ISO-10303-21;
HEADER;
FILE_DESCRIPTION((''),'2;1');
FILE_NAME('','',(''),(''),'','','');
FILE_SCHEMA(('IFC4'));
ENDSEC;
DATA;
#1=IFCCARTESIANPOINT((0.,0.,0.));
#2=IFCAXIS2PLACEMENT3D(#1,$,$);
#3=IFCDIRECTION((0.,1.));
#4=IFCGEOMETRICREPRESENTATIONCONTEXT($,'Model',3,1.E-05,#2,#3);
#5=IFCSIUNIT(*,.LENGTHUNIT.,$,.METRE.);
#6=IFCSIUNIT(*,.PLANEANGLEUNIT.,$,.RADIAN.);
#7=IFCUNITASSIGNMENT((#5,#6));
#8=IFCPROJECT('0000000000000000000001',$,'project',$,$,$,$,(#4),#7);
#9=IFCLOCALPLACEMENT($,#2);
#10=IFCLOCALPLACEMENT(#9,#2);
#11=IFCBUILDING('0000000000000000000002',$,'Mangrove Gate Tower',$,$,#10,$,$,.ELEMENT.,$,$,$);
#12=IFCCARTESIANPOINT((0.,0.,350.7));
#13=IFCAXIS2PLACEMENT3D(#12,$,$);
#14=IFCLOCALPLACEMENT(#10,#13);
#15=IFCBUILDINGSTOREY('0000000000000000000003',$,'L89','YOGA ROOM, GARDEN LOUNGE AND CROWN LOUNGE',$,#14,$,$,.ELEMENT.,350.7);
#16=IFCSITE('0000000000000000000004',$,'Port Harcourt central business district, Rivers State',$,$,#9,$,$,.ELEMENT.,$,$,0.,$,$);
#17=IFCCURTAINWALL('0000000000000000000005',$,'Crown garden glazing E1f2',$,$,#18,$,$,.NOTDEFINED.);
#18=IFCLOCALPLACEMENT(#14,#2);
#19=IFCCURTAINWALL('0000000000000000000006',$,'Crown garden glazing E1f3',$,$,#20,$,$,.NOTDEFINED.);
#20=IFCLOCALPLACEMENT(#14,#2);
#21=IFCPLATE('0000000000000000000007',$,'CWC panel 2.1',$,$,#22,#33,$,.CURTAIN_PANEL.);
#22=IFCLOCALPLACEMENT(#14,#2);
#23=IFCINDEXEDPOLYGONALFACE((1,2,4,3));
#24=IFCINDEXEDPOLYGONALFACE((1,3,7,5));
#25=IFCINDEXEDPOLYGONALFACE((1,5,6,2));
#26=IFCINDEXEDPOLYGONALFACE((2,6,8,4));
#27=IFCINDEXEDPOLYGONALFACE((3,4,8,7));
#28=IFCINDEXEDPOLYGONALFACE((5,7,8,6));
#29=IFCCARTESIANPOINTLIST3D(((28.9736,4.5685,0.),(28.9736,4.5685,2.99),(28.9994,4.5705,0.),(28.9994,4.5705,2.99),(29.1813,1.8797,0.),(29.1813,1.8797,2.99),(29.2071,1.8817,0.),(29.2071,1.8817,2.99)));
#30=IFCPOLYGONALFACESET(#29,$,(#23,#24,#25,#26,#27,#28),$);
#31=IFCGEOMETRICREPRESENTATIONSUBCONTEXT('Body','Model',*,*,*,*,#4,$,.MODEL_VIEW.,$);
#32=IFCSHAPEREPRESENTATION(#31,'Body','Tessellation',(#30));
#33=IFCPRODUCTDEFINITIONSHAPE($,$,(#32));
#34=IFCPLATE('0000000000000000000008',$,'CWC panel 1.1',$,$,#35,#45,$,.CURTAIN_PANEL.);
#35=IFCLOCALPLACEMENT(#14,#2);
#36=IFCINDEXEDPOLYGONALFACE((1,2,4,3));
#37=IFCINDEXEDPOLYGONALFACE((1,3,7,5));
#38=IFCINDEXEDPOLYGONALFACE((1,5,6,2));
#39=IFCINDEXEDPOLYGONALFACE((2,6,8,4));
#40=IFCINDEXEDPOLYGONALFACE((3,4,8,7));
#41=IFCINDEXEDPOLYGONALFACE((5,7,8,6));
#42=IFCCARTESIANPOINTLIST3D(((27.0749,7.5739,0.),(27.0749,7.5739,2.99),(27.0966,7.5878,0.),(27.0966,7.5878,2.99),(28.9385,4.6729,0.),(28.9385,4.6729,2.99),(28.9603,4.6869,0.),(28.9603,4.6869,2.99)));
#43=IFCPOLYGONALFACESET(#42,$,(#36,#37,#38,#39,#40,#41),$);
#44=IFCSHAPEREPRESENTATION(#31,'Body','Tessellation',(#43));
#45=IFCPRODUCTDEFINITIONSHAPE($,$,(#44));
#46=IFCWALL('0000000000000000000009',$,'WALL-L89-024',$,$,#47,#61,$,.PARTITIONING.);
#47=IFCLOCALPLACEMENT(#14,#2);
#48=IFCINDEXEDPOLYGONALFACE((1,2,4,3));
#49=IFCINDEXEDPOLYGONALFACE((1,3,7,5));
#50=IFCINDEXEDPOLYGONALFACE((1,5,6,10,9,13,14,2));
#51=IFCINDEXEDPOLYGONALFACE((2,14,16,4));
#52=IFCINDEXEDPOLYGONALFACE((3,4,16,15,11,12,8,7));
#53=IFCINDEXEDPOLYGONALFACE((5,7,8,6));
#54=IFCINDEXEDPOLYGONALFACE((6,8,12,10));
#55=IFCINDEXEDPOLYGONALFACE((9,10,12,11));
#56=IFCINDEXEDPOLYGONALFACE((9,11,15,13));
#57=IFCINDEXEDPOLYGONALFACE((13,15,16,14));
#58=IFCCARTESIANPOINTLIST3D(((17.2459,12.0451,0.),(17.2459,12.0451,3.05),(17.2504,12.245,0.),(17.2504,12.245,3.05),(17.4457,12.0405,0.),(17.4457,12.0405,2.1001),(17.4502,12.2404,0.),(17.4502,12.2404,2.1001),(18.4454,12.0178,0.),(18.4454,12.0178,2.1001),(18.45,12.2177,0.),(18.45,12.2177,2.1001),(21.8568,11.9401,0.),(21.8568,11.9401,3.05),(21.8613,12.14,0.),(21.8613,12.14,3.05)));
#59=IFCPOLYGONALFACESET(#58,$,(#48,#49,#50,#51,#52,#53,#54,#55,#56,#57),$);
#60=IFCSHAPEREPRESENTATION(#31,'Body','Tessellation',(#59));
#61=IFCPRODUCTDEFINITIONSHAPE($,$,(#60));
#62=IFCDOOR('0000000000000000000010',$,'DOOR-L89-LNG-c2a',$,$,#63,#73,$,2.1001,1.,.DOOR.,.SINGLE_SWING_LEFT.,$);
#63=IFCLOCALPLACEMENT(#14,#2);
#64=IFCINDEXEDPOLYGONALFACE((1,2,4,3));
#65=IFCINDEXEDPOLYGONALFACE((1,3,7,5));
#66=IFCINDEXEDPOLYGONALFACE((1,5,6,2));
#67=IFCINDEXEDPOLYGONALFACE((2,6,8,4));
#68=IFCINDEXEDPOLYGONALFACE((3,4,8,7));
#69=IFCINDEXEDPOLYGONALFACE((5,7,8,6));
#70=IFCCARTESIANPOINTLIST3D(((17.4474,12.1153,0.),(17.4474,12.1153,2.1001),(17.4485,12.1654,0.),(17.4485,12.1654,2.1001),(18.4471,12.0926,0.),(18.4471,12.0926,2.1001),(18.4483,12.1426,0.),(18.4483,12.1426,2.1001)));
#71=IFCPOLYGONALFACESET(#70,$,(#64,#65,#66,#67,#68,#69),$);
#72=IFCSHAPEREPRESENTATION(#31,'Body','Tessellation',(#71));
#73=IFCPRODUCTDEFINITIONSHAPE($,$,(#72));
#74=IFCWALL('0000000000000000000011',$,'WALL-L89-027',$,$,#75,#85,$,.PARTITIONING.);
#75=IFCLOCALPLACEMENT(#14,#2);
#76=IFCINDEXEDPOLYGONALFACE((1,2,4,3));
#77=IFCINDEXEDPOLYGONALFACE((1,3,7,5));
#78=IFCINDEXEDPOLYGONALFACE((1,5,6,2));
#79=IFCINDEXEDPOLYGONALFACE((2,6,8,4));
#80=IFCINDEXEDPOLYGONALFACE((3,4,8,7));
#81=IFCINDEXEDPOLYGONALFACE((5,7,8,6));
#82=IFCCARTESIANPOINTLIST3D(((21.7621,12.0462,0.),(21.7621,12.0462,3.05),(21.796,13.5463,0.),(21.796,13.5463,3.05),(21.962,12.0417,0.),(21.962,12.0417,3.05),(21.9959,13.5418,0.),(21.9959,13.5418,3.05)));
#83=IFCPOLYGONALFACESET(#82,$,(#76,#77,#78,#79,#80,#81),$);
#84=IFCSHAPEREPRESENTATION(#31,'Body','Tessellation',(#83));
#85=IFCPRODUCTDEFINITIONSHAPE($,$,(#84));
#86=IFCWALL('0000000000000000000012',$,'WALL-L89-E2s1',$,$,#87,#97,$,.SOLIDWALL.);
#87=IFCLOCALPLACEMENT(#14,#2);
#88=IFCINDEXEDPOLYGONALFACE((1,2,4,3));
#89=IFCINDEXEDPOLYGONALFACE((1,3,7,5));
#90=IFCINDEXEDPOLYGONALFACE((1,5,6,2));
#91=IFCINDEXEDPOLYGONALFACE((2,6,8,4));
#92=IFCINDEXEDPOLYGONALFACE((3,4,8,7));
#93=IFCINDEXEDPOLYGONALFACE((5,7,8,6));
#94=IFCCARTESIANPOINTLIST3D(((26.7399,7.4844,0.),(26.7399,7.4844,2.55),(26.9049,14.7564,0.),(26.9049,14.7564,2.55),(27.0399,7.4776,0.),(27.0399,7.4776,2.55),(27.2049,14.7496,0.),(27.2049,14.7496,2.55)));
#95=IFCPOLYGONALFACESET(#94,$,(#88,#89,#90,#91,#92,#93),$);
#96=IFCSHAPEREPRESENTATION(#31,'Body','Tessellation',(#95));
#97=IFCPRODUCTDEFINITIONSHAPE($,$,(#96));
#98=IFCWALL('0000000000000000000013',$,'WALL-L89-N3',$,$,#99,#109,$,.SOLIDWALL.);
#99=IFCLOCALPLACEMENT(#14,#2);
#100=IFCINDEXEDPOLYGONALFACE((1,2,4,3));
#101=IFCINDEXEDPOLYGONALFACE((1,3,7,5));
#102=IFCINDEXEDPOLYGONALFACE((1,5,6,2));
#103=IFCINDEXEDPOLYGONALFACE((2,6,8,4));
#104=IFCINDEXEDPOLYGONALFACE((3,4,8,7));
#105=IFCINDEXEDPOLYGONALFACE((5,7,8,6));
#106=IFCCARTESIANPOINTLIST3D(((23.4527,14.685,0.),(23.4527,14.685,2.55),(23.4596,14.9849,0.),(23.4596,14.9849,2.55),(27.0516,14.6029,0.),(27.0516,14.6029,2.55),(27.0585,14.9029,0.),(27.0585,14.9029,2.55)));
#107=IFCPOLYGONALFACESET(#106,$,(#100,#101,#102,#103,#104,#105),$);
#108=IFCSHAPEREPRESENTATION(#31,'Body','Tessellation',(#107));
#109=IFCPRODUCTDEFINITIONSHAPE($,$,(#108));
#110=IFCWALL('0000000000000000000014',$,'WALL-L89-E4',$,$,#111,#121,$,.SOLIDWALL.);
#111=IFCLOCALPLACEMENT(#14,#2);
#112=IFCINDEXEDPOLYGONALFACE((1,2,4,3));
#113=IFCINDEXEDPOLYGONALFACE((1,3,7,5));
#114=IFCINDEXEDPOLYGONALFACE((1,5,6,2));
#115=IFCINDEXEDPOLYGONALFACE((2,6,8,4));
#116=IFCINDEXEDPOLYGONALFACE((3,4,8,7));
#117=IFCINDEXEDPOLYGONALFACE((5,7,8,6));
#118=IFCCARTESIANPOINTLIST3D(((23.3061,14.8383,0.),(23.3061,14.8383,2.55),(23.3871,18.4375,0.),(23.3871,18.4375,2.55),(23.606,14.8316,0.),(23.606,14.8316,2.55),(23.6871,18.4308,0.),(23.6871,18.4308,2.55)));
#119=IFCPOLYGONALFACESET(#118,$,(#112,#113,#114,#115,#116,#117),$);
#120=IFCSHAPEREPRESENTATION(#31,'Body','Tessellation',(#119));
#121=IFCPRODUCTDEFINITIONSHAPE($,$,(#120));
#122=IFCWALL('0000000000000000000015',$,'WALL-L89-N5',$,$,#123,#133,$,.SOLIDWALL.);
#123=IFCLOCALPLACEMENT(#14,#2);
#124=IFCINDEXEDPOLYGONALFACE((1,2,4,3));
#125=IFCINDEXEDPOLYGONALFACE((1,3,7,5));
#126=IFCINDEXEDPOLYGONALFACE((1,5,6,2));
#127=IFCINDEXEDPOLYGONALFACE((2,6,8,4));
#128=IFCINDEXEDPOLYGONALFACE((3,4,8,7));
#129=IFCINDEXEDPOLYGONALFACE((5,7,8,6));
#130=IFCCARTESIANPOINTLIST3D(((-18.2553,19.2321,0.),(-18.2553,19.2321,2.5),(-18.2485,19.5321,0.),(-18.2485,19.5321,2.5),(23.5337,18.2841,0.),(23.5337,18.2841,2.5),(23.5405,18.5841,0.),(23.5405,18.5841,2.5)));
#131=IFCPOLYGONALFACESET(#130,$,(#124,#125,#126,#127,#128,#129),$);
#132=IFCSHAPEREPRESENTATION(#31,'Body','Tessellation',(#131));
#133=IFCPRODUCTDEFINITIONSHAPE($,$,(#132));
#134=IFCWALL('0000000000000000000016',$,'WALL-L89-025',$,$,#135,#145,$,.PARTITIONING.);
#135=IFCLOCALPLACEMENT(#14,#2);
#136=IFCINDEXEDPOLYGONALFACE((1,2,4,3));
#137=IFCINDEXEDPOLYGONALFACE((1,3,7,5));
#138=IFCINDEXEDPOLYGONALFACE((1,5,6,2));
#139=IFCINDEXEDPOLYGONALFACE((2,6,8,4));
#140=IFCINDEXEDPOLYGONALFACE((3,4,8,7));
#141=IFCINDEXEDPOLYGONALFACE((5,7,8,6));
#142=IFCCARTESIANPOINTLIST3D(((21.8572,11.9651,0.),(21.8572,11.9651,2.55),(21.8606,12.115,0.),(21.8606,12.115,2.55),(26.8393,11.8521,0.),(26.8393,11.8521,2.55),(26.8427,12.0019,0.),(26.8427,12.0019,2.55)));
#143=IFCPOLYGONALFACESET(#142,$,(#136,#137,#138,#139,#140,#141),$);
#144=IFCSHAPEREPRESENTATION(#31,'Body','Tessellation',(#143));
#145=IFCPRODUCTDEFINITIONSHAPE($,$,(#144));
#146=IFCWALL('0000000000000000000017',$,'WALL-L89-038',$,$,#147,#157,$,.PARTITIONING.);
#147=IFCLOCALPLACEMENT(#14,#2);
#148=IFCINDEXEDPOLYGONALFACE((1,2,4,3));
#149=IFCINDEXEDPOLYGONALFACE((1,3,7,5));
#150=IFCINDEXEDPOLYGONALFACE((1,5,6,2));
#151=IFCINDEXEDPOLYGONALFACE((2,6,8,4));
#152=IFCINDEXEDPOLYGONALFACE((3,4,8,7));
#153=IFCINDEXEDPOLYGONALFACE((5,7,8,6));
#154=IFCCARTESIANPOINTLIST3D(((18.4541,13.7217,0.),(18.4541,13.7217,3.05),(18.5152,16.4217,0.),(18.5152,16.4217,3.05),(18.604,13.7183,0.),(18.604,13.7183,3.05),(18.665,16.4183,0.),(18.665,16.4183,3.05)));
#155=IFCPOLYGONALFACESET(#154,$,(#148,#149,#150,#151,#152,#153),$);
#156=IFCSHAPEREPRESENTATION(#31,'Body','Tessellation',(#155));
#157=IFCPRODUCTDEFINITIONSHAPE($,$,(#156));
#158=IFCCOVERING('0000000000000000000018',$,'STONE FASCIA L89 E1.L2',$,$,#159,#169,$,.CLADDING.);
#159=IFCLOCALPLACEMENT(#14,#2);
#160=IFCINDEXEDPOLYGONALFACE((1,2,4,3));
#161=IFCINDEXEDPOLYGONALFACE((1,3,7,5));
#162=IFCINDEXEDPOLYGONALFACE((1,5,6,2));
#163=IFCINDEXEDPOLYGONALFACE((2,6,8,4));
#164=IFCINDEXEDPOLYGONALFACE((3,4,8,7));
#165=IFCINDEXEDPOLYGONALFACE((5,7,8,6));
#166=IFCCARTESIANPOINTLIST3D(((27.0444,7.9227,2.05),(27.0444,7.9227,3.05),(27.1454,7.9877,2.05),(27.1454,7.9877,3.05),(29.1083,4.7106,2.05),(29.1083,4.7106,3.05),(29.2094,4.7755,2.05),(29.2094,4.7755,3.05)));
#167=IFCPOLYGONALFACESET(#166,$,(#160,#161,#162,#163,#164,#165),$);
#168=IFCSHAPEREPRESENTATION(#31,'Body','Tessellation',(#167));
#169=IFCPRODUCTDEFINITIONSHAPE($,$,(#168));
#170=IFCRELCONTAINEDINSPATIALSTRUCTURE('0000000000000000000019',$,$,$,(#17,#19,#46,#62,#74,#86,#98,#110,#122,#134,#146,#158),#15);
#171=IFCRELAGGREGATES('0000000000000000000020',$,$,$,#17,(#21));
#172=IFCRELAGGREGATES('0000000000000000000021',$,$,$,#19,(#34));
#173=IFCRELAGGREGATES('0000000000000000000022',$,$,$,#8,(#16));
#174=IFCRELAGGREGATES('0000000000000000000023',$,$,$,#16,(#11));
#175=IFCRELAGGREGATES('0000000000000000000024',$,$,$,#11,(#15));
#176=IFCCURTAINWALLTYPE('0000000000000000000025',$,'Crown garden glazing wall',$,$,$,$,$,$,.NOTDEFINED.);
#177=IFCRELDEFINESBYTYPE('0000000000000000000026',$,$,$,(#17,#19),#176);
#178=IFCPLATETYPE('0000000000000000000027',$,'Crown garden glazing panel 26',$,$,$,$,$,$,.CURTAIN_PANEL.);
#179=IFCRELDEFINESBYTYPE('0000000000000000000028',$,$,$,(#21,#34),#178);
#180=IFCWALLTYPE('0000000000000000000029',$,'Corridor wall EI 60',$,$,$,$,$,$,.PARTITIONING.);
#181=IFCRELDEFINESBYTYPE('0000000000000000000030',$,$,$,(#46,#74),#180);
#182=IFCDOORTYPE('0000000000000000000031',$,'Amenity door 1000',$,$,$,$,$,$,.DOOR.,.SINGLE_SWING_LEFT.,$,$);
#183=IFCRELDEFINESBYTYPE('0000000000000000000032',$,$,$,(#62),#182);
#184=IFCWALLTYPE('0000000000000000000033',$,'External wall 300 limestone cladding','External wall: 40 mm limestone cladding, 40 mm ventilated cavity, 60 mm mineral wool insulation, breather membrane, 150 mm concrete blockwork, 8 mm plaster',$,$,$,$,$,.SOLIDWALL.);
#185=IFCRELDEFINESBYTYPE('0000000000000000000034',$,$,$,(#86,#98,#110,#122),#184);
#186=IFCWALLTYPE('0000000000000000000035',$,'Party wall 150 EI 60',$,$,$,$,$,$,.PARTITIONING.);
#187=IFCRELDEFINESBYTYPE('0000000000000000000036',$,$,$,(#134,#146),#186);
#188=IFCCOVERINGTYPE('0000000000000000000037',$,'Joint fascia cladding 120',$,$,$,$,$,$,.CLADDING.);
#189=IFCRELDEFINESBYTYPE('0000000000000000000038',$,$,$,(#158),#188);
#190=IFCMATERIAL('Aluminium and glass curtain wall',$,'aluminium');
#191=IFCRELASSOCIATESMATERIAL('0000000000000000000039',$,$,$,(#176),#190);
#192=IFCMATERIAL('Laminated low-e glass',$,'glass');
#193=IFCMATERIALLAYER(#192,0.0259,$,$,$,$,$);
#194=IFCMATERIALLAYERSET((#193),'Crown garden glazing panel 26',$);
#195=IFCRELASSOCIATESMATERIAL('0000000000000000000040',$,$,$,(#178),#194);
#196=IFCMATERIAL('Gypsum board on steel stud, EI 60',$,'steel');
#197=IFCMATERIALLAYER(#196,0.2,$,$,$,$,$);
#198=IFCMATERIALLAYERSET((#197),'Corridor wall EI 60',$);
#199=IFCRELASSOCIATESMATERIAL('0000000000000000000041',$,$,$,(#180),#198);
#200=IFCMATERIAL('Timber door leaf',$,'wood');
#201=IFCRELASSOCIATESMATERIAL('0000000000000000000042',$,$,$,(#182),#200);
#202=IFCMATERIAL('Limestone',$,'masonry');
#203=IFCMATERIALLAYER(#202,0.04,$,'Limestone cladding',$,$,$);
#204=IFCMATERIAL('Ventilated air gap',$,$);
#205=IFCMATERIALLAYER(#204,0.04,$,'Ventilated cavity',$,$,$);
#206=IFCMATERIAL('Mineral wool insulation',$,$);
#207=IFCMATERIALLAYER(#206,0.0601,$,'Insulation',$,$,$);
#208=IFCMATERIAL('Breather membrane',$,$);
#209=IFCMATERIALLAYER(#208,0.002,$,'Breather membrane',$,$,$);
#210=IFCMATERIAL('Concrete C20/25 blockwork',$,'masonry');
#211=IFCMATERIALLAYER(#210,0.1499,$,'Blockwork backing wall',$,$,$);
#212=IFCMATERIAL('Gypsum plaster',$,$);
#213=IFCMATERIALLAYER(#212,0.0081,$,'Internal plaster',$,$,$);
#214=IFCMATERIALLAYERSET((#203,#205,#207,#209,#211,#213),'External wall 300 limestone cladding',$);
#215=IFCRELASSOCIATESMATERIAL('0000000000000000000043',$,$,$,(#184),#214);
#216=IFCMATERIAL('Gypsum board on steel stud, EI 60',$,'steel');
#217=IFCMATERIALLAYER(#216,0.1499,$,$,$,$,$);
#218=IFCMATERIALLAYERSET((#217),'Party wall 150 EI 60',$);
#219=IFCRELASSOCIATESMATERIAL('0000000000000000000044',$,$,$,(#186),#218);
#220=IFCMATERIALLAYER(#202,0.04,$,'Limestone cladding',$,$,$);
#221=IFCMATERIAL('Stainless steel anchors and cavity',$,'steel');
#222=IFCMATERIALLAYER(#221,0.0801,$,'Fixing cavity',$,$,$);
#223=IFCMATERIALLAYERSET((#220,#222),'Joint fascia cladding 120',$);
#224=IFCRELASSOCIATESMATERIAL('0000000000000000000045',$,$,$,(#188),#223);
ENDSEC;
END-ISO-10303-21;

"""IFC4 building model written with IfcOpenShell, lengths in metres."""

from ifc_helpers import new_model, si_unit, direction, frame, frame_2d, origin, origin_2d, place, context, subcontext, project, spatial, rectangle, extrude, material, layer, layer_set, type_object, element, fill, aggregate, save


model = new_model("IFC4")

# Units and contexts
model_context = context("Model", 3, precision=1e-05, world=origin(), true_north=direction((0.0, 1.0)))
body_context = subcontext(model_context, "Body", "Model", "MODEL_VIEW")
ifc_project = project(units=[si_unit("LENGTHUNIT", "METRE"), si_unit("PLANEANGLEUNIT", "RADIAN")], contexts=[model_context])

# Site, building, storey
site_placement = place(None, origin())
site = spatial("IfcSite", under=ifc_project, at=site_placement, Name="Port Harcourt central business district, Rivers State", CompositionType="ELEMENT", RefElevation=0.0)
building_placement = place(site_placement, origin())
building = spatial("IfcBuilding", under=site, at=building_placement, Name="Mangrove Gate Tower", CompositionType="ELEMENT")
storey_placement = place(building_placement, frame((0.0, 0.0, 350.7)))
storey = spatial("IfcBuildingStorey", under=building, at=storey_placement, Name="L89", Description="YOGA ROOM, GARDEN LOUNGE AND CROWN LOUNGE", CompositionType="ELEMENT", Elevation=350.7)

# Curtain walls
ifc_material_1 = material(Name="Aluminium and glass curtain wall", Category="aluminium")
curtain_wall_type = type_object("IfcCurtainWallType", Name="Crown garden glazing wall", PredefinedType="NOTDEFINED", material=ifc_material_1)
curtain_wall_1_placement = place(storey_placement, origin())
curtain_wall_1 = element("IfcCurtainWall", 1, at=curtain_wall_1_placement, inside=storey, type_object=curtain_wall_type, Name="Crown garden glazing E1f2", PredefinedType="NOTDEFINED")
curtain_wall_2_placement = place(storey_placement, origin())
curtain_wall_2 = element("IfcCurtainWall", 2, at=curtain_wall_2_placement, inside=storey, type_object=curtain_wall_type, Name="Crown garden glazing E1f3", PredefinedType="NOTDEFINED")

# Plates
ifc_material_2 = material(Name="Laminated low-e glass", Category="glass")
ifc_layer_1 = layer(ifc_material_2, 0.0259)
ifc_layer_set_1 = layer_set([ifc_layer_1], Name="Crown garden glazing panel 26")
plate_type = type_object("IfcPlateType", Name="Crown garden glazing panel 26", PredefinedType="CURTAIN_PANEL", material=ifc_layer_set_1)
plate_1_placement = place(storey_placement, frame((29.0903, 3.2251, 0.0), z_axis=(0.0, 0.0, 1.0), x_axis=(-0.077023, 0.997029, 0.0)))
plate_1 = element("IfcPlate", 3, at=plate_1_placement, type_object=plate_type, Name="CWC panel 2.1", PredefinedType="CURTAIN_PANEL", context=body_context, shape_type="SweptSolid", body=[
    extrude(rectangle(XDim=2.6968, YDim=0.0259, at=origin_2d()), origin(), (0.0, 0.0, 1.0), 2.99),
])
aggregate(curtain_wall_1, [plate_1])
plate_2_placement = place(storey_placement, frame((28.0176, 6.1304, 0.0), z_axis=(0.0, 0.0, 1.0), x_axis=(-0.540496, 0.841346, 0.0)))
plate_2 = element("IfcPlate", 4, at=plate_2_placement, type_object=plate_type, Name="CWC panel 1.1", PredefinedType="CURTAIN_PANEL", context=body_context, shape_type="SweptSolid", body=[
    extrude(rectangle(XDim=3.448, YDim=0.0259, at=origin_2d()), origin(), (0.0, 0.0, 1.0), 2.99),
])
aggregate(curtain_wall_2, [plate_2])

# Wall, opening, door
ifc_material_3 = material(Name="Gypsum board on steel stud, EI 60", Category="steel")
ifc_layer_2 = layer(ifc_material_3, 0.2)
ifc_layer_set_2 = layer_set([ifc_layer_2], Name="Corridor wall EI 60")
wall_type_1 = type_object("IfcWallType", Name="Corridor wall EI 60", PredefinedType="PARTITIONING", material=ifc_layer_set_2)
wall_1_placement = place(storey_placement, frame((17.248, 12.145, 0.0), z_axis=(0.0, 0.0, 1.0), x_axis=(0.999741, -0.022762, 0.0)))
wall_1 = element("IfcWall", 5, at=wall_1_placement, inside=storey, type_object=wall_type_1, Name="WALL-L89-024", PredefinedType="PARTITIONING", context=body_context, shape_type="SweptSolid", body=[
    extrude(rectangle(XDim=4.6121, YDim=0.2, at=frame_2d((2.3062, 0.0))), origin(), (0.0, 0.0, 1.0), 3.05),
])
opening_placement = place(wall_1_placement, frame((0.2, 0.0, 0.0)))
opening = element("IfcOpeningElement", 6, at=opening_placement, cuts=wall_1, PredefinedType="OPENING", context=body_context, shape_type="SweptSolid", body=[
    extrude(rectangle(XDim=1.0, YDim=2.1001, at=frame_2d((0.5, 1.05))), frame((0.0, 0.1099, 0.0), z_axis=(0.0, -1.0, 0.0), x_axis=(1.0, 0.0, 0.0)), (0.0, 0.0, 1.0), 0.22),
])
ifc_material_4 = material(Name="Timber door leaf", Category="wood")
door_type = type_object("IfcDoorType", Name="Amenity door 1000", OperationType="SINGLE_SWING_LEFT", PredefinedType="DOOR", material=ifc_material_4)
door_placement = place(opening_placement, origin())
door = element("IfcDoor", 7, at=door_placement, inside=storey, type_object=door_type, Name="DOOR-L89-LNG-c2a", OperationType="SINGLE_SWING_LEFT", OverallHeight=2.1001, OverallWidth=1.0, PredefinedType="DOOR", context=body_context, shape_type="SweptSolid", body=[
    extrude(rectangle(XDim=1.0, YDim=2.1001, at=frame_2d((0.5, 1.05))), frame((0.0, 0.0249, 0.0), z_axis=(0.0, -1.0, 0.0), x_axis=(1.0, 0.0, 0.0)), (0.0, 0.0, 1.0), 0.05),
])
fill(opening, door)

# Walls
wall_2_placement = place(storey_placement, frame((21.8621, 12.0439, 0.0), z_axis=(0.0, 0.0, 1.0), x_axis=(0.022618, 0.999744, 0.0)))
element("IfcWall", 8, at=wall_2_placement, inside=storey, type_object=wall_type_1, Name="WALL-L89-027", PredefinedType="PARTITIONING", context=body_context, shape_type="SweptSolid", body=[
    extrude(rectangle(XDim=1.5005, YDim=0.2, at=frame_2d((0.7502, 0.0))), origin(), (0.0, 0.0, 1.0), 3.05),
])
ifc_material_5 = material(Name="Limestone", Category="masonry")
ifc_layer_3 = layer(ifc_material_5, 0.04, Name="Limestone cladding")
ifc_material_6 = material(Name="Ventilated air gap")
ifc_layer_4 = layer(ifc_material_6, 0.04, Name="Ventilated cavity")
ifc_material_7 = material(Name="Mineral wool insulation")
ifc_layer_5 = layer(ifc_material_7, 0.0601, Name="Insulation")
ifc_material_8 = material(Name="Breather membrane")
ifc_layer_6 = layer(ifc_material_8, 0.002, Name="Breather membrane")
ifc_material_9 = material(Name="Concrete C20/25 blockwork", Category="masonry")
ifc_layer_7 = layer(ifc_material_9, 0.1499, Name="Blockwork backing wall")
ifc_material_10 = material(Name="Gypsum plaster")
ifc_layer_8 = layer(ifc_material_10, 0.0081, Name="Internal plaster")
ifc_layer_set_3 = layer_set([ifc_layer_3, ifc_layer_4, ifc_layer_5, ifc_layer_6, ifc_layer_7, ifc_layer_8], Name="External wall 300 limestone cladding")
wall_type_2 = type_object("IfcWallType", Name="External wall 300 limestone cladding", Description="External wall: 40 mm limestone cladding, 40 mm ventilated cavity, 60 mm mineral wool insulation, breather membrane, 150 mm concrete blockwork, 8 mm plaster", PredefinedType="SOLIDWALL", material=ifc_layer_set_3)
wall_3_placement = place(storey_placement, frame((26.8899, 7.481, 0.0), z_axis=(0.0, 0.0, 1.0), x_axis=(0.022689, 0.999743, 0.0)))
element("IfcWall", 9, at=wall_3_placement, inside=storey, type_object=wall_type_2, Name="WALL-L89-E2s1", PredefinedType="SOLIDWALL", context=body_context, shape_type="SweptSolid", body=[
    extrude(rectangle(XDim=7.2739, YDim=0.3, at=frame_2d((3.637, 0.0))), origin(), (0.0, 0.0, 1.0), 2.55),
])
wall_4_placement = place(storey_placement, frame((27.0549, 14.7529, 0.0), z_axis=(0.0, 0.0, 1.0), x_axis=(-0.99974, 0.022788, 0.0)))
element("IfcWall", 10, at=wall_4_placement, inside=storey, type_object=wall_type_2, Name="WALL-L89-N3", PredefinedType="SOLIDWALL", context=body_context, shape_type="SweptSolid", body=[
    extrude(rectangle(XDim=3.5999, YDim=0.3, at=frame_2d((1.7998, 0.0))), origin(), (0.0, 0.0, 1.0), 2.55),
])
wall_5_placement = place(storey_placement, frame((23.4561, 14.835, 0.0), z_axis=(0.0, 0.0, 1.0), x_axis=(0.022515, 0.999747, 0.0)))
element("IfcWall", 11, at=wall_5_placement, inside=storey, type_object=wall_type_2, Name="WALL-L89-E4", PredefinedType="SOLIDWALL", context=body_context, shape_type="SweptSolid", body=[
    extrude(rectangle(XDim=3.6001, YDim=0.3, at=frame_2d((1.8, 0.0))), origin(), (0.0, 0.0, 1.0), 2.55),
])
wall_6_placement = place(storey_placement, frame((23.5371, 18.4341, 0.0), z_axis=(0.0, 0.0, 1.0), x_axis=(-0.999743, 0.022679, 0.0)))
element("IfcWall", 12, at=wall_6_placement, inside=storey, type_object=wall_type_2, Name="WALL-L89-N5", PredefinedType="SOLIDWALL", context=body_context, shape_type="SweptSolid", body=[
    extrude(rectangle(XDim=41.7998, YDim=0.3, at=frame_2d((20.8999, 0.0))), origin(), (0.0, 0.0, 1.0), 2.5),
])
ifc_material_11 = material(Name="Gypsum board on steel stud, EI 60", Category="steel")
ifc_layer_9 = layer(ifc_material_11, 0.1499)
ifc_layer_set_4 = layer_set([ifc_layer_9], Name="Party wall 150 EI 60")
wall_type_3 = type_object("IfcWallType", Name="Party wall 150 EI 60", PredefinedType="PARTITIONING", material=ifc_layer_set_4)
wall_7_placement = place(storey_placement, frame((21.8589, 12.04, 0.0), z_axis=(0.0, 0.0, 1.0), x_axis=(0.999743, -0.022682, 0.0)))
element("IfcWall", 13, at=wall_7_placement, inside=storey, type_object=wall_type_3, Name="WALL-L89-025", PredefinedType="PARTITIONING", context=body_context, shape_type="SweptSolid", body=[
    extrude(rectangle(XDim=4.9834, YDim=0.1499, at=frame_2d((2.4917, 0.0))), origin(), (0.0, 0.0, 1.0), 2.55),
])
wall_8_placement = place(storey_placement, frame((18.5291, 13.72, 0.0), z_axis=(0.0, 0.0, 1.0), x_axis=(0.0226, 0.999745, 0.0)))
element("IfcWall", 14, at=wall_8_placement, inside=storey, type_object=wall_type_3, Name="WALL-L89-038", PredefinedType="PARTITIONING", context=body_context, shape_type="SweptSolid", body=[
    extrude(rectangle(XDim=2.7007, YDim=0.1499, at=frame_2d((1.3503, 0.0))), origin(), (0.0, 0.0, 1.0), 3.05),
])

# Covering
ifc_layer_10 = layer(ifc_material_5, 0.04, Name="Limestone cladding")
ifc_material_12 = material(Name="Stainless steel anchors and cavity", Category="steel")
ifc_layer_11 = layer(ifc_material_12, 0.0801, Name="Fixing cavity")
ifc_layer_set_5 = layer_set([ifc_layer_10, ifc_layer_11], Name="Joint fascia cladding 120")
covering_type = type_object("IfcCoveringType", Name="Joint fascia cladding 120", PredefinedType="CLADDING", material=ifc_layer_set_5)
covering_placement = place(storey_placement, frame((29.1589, 4.7429, 2.05), z_axis=(0.0, 0.0, 1.0), x_axis=(-0.540573, 0.841297, 0.0)))
element("IfcCovering", 15, at=covering_placement, inside=storey, type_object=covering_type, Name="STONE FASCIA L89 E1.L2", PredefinedType="CLADDING", context=body_context, shape_type="SweptSolid", body=[
    extrude(rectangle(XDim=3.8181, YDim=0.1201, at=frame_2d((1.9092, 0.0))), origin(), (0.0, 0.0, 1.0), 1.0),
])

save(model, "model.ifc")
